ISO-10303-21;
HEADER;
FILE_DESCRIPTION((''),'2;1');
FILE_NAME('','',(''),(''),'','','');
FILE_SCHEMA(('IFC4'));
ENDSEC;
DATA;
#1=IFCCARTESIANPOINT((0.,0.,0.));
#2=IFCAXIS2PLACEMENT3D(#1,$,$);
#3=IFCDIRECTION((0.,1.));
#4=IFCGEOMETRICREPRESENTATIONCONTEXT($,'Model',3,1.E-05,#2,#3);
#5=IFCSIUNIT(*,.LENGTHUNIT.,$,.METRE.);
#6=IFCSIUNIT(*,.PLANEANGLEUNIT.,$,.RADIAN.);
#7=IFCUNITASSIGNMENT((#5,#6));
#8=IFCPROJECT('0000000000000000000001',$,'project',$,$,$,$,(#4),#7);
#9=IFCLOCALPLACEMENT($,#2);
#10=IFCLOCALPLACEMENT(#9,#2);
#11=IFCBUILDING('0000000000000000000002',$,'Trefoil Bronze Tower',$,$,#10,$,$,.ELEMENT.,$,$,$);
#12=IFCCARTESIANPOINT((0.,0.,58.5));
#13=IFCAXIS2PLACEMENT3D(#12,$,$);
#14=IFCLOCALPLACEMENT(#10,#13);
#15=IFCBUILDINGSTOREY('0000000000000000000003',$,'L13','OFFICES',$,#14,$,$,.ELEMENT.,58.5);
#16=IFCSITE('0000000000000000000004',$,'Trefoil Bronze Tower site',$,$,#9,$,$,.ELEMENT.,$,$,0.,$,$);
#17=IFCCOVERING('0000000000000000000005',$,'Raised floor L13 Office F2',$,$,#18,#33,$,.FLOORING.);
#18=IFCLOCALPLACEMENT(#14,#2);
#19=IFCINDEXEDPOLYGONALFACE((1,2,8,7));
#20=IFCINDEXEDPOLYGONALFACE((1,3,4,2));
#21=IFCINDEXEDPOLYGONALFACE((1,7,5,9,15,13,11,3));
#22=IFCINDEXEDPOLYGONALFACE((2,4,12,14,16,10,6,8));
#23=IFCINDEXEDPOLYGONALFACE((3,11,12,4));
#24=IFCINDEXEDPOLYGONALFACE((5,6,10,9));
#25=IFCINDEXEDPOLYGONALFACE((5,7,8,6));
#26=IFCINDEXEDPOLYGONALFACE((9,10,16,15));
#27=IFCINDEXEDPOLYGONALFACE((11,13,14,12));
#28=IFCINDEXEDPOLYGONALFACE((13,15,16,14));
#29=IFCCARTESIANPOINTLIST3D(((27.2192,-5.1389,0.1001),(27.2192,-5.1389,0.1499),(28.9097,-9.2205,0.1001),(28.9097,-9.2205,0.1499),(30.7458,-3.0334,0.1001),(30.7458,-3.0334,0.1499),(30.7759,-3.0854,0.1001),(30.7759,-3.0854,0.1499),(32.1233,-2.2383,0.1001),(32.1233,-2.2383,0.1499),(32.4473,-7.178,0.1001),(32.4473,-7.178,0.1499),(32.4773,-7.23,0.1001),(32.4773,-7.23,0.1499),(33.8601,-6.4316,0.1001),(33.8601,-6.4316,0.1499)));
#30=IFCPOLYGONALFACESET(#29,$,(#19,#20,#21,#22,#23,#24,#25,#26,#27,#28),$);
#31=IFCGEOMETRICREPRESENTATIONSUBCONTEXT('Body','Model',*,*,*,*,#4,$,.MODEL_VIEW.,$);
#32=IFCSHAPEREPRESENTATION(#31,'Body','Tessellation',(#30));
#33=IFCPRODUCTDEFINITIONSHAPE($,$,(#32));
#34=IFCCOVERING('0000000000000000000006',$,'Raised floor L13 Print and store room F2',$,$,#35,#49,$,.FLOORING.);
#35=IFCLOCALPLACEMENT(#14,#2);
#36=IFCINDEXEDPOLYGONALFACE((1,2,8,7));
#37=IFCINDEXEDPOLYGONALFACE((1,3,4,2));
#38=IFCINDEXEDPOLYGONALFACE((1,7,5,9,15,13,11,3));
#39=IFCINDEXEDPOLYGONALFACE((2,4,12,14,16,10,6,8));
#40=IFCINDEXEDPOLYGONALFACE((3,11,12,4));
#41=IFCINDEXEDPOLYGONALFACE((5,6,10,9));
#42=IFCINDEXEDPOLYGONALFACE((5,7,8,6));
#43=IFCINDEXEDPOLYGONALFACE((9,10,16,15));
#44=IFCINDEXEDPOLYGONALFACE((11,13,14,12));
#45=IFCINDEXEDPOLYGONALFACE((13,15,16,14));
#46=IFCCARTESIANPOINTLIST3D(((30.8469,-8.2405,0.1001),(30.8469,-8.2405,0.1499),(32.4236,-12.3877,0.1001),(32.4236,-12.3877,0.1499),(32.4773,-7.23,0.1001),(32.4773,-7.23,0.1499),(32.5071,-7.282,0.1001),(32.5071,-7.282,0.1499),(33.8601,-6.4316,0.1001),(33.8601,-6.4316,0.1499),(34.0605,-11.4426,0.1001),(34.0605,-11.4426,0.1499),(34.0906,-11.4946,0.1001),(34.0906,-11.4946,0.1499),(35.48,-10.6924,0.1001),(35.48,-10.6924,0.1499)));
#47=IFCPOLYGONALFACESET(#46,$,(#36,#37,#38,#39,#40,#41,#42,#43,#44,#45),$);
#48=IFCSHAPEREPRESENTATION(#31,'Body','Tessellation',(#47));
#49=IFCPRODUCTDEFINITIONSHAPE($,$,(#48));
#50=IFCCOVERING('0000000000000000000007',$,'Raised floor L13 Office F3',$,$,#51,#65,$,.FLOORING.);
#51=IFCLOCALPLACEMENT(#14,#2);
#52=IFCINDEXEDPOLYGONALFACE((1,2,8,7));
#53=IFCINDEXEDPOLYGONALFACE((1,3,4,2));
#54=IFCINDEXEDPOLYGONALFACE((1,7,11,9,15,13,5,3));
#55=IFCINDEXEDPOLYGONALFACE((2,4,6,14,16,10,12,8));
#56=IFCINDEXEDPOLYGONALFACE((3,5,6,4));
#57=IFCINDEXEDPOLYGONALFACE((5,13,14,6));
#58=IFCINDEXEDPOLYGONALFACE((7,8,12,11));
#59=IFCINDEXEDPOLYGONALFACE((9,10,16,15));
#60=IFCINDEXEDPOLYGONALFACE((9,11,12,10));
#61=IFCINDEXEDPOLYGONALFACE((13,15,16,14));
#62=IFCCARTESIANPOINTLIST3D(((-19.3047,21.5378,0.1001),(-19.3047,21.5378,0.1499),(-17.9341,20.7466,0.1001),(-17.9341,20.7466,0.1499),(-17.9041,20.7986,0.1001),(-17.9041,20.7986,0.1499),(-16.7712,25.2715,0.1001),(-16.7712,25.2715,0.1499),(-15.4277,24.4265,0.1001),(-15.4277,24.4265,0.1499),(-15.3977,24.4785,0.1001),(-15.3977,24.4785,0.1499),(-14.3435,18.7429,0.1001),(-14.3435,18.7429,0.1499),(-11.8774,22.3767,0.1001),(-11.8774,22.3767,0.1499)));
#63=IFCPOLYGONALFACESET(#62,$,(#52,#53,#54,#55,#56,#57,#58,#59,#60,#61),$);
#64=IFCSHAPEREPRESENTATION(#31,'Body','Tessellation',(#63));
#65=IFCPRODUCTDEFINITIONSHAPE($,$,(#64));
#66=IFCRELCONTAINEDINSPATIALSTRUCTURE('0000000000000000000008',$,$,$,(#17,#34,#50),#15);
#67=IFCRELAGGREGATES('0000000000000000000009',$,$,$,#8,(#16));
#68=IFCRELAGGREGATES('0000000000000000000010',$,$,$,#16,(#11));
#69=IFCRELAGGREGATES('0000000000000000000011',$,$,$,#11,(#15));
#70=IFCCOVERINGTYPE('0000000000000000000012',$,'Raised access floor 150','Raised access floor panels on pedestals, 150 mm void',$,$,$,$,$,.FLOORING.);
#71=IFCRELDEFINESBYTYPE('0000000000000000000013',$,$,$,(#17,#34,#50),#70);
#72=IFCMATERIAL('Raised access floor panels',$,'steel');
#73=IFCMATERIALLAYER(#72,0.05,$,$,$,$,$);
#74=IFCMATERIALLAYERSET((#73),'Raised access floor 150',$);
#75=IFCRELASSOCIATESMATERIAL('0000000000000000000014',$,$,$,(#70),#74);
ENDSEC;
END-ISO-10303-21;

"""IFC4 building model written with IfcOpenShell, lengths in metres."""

from ifc_helpers import new_model, si_unit, direction, frame, origin, place, context, subcontext, project, spatial, polyline, outline, extrude, material, layer, layer_set, type_object, element, save


model = new_model("IFC4")

# Units and contexts
model_context = context("Model", 3, precision=1e-05, world=origin(), true_north=direction((0.0, 1.0)))
body_context = subcontext(model_context, "Body", "Model", "MODEL_VIEW")
ifc_project = project(units=[si_unit("LENGTHUNIT", "METRE"), si_unit("PLANEANGLEUNIT", "RADIAN")], contexts=[model_context])

# Site, building, storey
site_placement = place(None, origin())
site = spatial("IfcSite", under=ifc_project, at=site_placement, Name="Trefoil Bronze Tower site", CompositionType="ELEMENT", RefElevation=0.0)
building_placement = place(site_placement, origin())
building = spatial("IfcBuilding", under=site, at=building_placement, Name="Trefoil Bronze Tower", CompositionType="ELEMENT")
storey_placement = place(building_placement, frame((0.0, 0.0, 58.5)))
storey = spatial("IfcBuildingStorey", under=building, at=storey_placement, Name="L13", Description="OFFICES", CompositionType="ELEMENT", Elevation=58.5)

# Coverings
ifc_material_1 = material(Name="Raised access floor panels", Category="steel")
ifc_layer_1 = layer(ifc_material_1, 0.05)
ifc_layer_set_1 = layer_set([ifc_layer_1], Name="Raised access floor 150")
covering_type_1 = type_object("IfcCoveringType", Name="Raised access floor 150", Description="Raised access floor panels on pedestals, 150 mm void", PredefinedType="FLOORING", material=ifc_layer_set_1)
covering_1_placement = place(storey_placement, frame((0.0, 0.0, 0.1001)))
element("IfcCovering", 1, at=covering_1_placement, inside=storey, type_object=covering_type_1, Name="Raised floor L13 Office F2", PredefinedType="FLOORING", context=body_context, shape_type="SweptSolid", body=[
    extrude(outline(polyline([(32.1233, -2.2383), (33.8601, -6.4316), (32.4773, -7.23), (32.4473, -7.178), (28.9097, -9.2205), (27.2192, -5.1389), (30.7759, -3.0854), (30.7458, -3.0334), (32.1233, -2.2383)])), origin(), (0.0, 0.0, 1.0), 0.0498),
])
covering_2_placement = place(storey_placement, frame((0.0, 0.0, 0.1001)))
element("IfcCovering", 2, at=covering_2_placement, inside=storey, type_object=covering_type_1, Name="Raised floor L13 Print and store room F2", PredefinedType="FLOORING", context=body_context, shape_type="SweptSolid", body=[
    extrude(outline(polyline([(33.8601, -6.4316), (35.48, -10.6924), (34.0906, -11.4946), (34.0605, -11.4426), (32.4236, -12.3877), (30.8469, -8.2405), (32.5071, -7.282), (32.4773, -7.23), (33.8601, -6.4316)])), origin(), (0.0, 0.0, 1.0), 0.0498),
])
covering_3_placement = place(storey_placement, frame((0.0, 0.0, 0.1001)))
element("IfcCovering", 3, at=covering_3_placement, inside=storey, type_object=covering_type_1, Name="Raised floor L13 Office F3", PredefinedType="FLOORING", context=body_context, shape_type="SweptSolid", body=[
    extrude(outline(polyline([(-19.3047, 21.5378), (-16.7712, 25.2715), (-15.3977, 24.4785), (-15.4277, 24.4265), (-11.8774, 22.3767), (-14.3435, 18.7429), (-17.9041, 20.7986), (-17.9341, 20.7466), (-19.3047, 21.5378)])), origin(), (0.0, 0.0, 1.0), 0.0498),
])

save(model, "model.ifc")
